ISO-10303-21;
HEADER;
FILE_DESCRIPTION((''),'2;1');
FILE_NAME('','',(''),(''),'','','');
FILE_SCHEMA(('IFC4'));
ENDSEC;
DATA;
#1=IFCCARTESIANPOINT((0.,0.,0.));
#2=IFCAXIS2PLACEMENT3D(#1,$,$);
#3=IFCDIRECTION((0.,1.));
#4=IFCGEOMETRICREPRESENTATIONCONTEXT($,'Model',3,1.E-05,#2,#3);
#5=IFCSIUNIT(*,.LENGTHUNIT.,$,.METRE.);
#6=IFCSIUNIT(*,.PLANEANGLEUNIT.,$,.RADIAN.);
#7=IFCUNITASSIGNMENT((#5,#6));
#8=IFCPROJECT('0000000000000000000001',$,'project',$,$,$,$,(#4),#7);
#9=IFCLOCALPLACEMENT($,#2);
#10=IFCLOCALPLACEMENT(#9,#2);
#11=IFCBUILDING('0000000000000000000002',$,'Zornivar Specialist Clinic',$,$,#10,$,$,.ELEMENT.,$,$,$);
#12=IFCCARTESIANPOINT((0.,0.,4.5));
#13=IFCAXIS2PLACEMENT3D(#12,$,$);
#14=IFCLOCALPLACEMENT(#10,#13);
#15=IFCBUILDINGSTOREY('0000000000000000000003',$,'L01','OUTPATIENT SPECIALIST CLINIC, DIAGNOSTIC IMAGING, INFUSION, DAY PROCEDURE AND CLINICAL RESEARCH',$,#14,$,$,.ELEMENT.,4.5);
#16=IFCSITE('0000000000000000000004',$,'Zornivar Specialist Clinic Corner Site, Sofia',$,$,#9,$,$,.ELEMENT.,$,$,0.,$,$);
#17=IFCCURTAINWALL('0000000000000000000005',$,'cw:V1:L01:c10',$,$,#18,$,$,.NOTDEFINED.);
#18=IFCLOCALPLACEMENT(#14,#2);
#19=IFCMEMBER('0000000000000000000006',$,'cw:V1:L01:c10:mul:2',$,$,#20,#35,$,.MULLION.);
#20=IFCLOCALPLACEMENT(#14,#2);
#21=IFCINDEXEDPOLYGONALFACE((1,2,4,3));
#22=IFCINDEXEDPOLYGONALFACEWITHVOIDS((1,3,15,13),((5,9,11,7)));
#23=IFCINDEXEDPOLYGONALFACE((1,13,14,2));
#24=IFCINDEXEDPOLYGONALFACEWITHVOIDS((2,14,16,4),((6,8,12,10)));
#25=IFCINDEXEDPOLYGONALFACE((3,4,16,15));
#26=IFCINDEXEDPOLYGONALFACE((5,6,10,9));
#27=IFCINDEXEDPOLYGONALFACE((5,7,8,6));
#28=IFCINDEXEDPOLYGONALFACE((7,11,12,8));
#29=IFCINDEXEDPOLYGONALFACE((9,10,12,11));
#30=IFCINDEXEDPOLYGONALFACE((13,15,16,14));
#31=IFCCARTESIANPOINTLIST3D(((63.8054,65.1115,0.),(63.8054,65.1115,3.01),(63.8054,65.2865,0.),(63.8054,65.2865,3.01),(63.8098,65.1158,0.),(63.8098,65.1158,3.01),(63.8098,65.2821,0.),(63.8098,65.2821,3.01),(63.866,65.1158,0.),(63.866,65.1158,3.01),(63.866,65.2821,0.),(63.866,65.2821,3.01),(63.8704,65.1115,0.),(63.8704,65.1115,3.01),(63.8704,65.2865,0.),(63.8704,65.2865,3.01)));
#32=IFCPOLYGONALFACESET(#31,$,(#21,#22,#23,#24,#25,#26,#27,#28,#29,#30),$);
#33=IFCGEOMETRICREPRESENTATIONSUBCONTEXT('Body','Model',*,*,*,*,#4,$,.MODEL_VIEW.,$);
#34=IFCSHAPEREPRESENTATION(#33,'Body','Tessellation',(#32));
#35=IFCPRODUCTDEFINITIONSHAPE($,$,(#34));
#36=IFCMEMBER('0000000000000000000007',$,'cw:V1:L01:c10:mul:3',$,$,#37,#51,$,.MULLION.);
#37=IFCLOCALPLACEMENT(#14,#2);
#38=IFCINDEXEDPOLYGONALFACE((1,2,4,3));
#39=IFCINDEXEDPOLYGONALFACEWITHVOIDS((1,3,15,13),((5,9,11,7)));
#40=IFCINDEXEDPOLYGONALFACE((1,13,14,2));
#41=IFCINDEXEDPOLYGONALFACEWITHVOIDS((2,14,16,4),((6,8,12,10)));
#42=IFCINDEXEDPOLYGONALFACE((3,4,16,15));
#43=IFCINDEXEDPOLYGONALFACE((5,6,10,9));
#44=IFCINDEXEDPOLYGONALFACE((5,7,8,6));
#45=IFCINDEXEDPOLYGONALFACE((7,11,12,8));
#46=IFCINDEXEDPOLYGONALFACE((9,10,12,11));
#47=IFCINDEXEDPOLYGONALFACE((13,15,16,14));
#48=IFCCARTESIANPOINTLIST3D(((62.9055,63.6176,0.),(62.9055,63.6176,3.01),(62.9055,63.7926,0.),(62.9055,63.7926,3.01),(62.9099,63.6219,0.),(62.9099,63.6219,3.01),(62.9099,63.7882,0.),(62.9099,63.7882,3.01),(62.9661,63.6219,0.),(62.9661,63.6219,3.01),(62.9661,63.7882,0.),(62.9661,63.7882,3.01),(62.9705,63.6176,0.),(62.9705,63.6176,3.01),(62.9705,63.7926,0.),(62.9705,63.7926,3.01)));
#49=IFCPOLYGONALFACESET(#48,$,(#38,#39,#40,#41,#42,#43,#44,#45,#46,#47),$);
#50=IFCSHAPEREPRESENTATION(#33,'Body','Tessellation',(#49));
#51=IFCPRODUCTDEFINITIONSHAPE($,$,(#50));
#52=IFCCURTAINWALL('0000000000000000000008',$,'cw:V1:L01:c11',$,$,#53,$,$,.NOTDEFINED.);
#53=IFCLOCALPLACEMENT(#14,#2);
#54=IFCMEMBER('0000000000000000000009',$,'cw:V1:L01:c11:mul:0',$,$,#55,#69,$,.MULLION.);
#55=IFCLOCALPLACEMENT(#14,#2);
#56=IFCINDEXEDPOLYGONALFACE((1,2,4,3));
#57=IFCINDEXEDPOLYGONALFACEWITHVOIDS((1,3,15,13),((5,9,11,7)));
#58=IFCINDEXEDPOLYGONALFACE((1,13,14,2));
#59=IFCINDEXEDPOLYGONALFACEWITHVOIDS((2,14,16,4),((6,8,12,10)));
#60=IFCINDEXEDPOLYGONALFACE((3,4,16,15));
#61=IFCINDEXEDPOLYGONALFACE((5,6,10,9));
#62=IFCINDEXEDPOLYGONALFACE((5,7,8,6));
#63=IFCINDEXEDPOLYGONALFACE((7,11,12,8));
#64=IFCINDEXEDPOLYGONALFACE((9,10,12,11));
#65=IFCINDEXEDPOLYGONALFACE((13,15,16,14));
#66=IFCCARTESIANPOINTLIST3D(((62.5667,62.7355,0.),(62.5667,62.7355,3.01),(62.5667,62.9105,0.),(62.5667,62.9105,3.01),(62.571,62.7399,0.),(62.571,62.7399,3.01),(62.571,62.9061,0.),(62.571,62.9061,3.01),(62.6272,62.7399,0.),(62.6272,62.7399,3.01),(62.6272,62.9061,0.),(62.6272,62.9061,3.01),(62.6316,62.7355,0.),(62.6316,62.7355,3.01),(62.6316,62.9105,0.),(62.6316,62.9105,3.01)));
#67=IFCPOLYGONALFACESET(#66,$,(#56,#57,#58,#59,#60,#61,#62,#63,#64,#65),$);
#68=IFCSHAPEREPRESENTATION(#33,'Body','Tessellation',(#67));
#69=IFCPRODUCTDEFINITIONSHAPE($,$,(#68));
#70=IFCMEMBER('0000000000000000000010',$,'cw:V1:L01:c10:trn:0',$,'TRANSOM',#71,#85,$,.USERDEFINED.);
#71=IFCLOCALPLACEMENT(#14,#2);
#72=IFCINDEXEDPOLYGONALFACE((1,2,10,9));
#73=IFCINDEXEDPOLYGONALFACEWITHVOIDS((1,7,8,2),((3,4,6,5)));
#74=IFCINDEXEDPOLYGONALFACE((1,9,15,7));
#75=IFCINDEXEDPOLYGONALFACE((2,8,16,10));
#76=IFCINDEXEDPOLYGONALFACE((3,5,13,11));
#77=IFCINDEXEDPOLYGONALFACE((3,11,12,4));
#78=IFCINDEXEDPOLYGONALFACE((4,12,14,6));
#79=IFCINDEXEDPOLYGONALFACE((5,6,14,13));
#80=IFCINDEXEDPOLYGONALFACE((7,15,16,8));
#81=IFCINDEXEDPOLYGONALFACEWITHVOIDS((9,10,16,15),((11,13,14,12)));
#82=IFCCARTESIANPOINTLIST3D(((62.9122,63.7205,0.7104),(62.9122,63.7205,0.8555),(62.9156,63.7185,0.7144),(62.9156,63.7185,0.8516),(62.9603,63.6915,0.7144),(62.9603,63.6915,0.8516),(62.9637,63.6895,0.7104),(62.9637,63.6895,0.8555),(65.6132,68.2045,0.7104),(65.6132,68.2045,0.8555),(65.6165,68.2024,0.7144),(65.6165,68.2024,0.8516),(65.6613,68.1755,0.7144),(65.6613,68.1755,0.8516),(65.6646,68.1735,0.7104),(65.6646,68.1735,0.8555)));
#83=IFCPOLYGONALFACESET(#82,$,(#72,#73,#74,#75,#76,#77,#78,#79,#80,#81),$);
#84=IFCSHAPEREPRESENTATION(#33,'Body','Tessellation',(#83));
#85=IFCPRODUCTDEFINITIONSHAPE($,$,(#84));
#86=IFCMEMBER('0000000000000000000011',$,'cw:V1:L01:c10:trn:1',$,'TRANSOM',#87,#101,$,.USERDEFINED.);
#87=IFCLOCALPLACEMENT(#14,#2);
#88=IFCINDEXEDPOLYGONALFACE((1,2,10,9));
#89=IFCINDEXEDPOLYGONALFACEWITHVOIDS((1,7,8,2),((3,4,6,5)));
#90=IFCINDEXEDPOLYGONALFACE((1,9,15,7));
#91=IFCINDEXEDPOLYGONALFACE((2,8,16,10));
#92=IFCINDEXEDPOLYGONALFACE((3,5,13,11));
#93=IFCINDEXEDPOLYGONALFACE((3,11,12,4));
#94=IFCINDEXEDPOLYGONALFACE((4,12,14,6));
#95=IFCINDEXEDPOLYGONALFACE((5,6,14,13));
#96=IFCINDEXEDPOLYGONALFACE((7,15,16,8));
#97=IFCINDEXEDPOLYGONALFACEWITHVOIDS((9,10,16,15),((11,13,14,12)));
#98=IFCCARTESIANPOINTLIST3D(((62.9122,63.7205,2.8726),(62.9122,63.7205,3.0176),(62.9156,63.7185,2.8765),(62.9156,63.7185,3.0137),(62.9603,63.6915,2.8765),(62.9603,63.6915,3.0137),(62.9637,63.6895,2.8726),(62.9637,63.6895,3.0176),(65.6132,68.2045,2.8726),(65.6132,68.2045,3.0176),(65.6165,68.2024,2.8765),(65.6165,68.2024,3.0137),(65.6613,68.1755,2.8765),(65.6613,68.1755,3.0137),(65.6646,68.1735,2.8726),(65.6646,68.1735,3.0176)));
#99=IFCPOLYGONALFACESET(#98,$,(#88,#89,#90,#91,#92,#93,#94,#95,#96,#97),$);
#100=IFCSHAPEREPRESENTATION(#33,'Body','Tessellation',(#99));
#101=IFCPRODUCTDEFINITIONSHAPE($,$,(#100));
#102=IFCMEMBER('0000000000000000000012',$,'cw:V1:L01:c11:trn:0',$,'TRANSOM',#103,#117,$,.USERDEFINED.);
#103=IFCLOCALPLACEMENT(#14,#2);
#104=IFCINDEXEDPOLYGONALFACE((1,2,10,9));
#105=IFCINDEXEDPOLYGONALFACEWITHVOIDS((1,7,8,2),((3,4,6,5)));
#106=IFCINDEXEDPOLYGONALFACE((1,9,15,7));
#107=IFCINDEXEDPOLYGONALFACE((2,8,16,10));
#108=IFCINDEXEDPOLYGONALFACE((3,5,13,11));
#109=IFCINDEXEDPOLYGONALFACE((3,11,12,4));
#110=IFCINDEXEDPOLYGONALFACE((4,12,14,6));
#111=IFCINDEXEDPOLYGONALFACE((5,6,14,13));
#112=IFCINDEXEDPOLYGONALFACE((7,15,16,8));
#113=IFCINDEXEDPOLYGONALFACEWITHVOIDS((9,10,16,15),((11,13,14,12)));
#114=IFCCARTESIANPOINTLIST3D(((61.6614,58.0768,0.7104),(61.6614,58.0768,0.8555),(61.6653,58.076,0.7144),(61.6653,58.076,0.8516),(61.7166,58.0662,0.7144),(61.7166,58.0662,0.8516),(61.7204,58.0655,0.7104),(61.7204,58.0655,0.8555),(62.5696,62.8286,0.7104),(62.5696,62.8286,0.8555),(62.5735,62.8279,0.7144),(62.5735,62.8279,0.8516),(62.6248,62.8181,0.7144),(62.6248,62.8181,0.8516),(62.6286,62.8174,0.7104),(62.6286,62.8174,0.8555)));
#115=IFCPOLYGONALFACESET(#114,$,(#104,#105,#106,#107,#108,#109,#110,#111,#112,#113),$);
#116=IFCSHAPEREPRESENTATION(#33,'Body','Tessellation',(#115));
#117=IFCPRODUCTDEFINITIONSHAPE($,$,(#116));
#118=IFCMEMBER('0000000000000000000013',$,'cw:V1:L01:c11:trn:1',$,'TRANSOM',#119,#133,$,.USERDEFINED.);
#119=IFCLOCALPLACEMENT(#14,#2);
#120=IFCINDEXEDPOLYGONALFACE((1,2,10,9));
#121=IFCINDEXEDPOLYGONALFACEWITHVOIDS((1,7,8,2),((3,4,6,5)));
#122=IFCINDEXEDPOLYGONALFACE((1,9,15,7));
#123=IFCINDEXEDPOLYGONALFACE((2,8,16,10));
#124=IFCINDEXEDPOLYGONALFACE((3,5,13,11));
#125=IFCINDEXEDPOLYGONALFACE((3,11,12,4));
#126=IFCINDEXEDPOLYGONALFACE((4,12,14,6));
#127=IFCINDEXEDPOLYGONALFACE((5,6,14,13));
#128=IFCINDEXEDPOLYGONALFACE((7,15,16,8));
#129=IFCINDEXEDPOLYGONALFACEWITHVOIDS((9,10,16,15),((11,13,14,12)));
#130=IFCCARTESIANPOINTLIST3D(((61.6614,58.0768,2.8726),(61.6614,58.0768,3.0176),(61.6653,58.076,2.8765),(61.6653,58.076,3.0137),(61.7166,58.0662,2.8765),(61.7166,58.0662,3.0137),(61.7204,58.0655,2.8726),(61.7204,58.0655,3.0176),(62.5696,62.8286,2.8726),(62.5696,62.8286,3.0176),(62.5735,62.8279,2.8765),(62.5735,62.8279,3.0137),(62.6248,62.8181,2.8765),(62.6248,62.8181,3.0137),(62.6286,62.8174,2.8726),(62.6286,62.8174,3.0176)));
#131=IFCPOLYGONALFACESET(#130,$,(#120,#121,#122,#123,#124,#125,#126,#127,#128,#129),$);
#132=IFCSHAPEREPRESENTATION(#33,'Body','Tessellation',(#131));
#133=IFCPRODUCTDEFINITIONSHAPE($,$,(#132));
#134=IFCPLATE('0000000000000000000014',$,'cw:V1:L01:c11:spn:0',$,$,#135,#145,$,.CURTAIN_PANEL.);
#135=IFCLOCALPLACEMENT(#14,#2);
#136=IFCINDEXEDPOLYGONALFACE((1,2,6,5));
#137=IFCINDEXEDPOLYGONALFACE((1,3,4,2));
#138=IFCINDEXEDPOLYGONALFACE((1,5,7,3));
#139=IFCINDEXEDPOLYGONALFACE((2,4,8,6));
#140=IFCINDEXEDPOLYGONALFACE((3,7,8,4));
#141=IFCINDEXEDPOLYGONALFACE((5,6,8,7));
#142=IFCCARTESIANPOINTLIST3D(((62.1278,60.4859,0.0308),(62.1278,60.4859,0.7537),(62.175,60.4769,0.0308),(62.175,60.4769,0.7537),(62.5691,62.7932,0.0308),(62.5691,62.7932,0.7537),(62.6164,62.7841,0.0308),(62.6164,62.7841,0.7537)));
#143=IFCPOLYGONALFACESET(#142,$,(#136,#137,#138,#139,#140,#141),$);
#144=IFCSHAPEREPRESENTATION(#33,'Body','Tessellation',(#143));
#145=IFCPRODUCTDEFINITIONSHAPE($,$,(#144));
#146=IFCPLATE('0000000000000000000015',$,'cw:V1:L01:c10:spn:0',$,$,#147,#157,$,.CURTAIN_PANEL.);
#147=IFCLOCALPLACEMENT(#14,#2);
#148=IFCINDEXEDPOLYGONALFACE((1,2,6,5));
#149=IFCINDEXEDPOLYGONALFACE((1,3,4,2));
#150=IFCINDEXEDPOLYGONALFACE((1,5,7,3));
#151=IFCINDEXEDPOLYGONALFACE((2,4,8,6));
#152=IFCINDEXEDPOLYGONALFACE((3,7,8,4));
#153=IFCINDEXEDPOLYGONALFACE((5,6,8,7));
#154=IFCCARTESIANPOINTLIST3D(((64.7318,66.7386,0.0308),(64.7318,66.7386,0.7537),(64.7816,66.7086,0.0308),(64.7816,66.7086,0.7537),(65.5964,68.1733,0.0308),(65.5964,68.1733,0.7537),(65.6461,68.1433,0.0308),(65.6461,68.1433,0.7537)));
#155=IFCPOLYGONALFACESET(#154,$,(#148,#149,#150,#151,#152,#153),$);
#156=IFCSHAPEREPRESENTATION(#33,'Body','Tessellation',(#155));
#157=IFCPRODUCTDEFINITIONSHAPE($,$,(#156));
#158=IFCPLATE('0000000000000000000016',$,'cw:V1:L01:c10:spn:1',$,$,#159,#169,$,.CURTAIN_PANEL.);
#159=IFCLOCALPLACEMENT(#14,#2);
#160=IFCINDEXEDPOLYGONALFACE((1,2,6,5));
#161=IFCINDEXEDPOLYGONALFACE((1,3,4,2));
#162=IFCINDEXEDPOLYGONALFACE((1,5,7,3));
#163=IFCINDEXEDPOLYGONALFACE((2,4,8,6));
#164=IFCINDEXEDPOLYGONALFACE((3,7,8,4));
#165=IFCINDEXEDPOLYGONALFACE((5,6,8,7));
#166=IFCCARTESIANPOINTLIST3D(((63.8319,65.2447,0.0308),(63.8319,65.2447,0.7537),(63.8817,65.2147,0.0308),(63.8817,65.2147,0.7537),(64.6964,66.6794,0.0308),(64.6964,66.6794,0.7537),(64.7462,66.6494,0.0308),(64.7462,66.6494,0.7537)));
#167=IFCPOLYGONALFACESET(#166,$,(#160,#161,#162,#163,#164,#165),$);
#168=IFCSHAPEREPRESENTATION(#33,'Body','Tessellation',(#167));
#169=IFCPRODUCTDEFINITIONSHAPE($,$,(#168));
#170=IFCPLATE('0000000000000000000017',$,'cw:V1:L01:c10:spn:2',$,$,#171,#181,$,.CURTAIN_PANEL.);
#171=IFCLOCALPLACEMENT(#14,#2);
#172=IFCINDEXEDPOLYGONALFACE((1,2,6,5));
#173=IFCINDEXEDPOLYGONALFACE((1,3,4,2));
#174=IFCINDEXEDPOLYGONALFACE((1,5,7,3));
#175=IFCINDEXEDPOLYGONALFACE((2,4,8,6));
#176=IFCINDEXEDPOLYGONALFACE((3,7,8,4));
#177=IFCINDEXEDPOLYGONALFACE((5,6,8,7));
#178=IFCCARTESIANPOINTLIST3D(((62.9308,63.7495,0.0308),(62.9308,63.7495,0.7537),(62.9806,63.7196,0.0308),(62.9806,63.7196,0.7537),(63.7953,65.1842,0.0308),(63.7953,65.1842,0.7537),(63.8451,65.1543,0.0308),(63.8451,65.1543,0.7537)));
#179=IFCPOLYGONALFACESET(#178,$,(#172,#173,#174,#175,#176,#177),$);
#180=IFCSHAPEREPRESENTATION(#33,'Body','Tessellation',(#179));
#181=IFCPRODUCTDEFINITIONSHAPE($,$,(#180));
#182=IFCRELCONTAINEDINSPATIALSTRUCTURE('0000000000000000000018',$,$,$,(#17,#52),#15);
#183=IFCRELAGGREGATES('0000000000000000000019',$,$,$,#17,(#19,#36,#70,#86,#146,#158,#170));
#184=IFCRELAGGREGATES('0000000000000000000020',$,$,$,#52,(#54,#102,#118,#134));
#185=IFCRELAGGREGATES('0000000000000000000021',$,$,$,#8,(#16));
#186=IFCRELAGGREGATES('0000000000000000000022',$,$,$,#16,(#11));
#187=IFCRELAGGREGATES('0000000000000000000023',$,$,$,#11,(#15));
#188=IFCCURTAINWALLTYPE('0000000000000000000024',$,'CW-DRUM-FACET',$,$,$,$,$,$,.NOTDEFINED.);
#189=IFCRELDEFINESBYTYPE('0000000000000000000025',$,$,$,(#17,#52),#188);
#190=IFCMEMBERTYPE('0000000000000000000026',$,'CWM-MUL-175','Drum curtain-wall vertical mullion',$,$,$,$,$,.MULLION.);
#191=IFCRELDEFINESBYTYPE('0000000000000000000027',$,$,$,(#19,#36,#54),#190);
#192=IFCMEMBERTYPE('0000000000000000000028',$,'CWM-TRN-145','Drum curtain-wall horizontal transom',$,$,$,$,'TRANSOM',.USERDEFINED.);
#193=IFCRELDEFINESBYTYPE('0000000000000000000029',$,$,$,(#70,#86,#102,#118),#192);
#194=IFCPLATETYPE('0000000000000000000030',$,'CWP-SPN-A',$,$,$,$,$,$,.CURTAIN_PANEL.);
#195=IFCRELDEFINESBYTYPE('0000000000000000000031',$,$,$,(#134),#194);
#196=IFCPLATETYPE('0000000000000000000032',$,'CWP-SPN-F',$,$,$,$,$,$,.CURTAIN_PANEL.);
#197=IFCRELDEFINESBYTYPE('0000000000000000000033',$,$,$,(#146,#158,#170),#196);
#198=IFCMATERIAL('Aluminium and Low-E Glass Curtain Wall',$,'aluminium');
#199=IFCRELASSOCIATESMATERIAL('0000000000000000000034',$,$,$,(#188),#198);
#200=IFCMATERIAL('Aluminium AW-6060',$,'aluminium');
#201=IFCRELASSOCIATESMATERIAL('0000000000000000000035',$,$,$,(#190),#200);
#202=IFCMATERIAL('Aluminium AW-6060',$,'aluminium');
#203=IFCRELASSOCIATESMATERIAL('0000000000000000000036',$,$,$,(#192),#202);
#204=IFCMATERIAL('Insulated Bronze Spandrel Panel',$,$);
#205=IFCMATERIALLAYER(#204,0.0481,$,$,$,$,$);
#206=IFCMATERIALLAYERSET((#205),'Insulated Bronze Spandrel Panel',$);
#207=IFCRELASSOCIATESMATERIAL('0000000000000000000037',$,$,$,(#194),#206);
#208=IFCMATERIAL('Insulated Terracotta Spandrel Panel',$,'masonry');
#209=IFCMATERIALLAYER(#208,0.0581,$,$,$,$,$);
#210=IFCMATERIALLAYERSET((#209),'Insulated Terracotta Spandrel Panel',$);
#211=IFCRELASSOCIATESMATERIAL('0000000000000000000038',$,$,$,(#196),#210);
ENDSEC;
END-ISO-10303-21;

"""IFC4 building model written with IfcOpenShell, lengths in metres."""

from ifc_helpers import new_model, si_unit, direction, frame, origin, origin_2d, place, context, subcontext, project, spatial, rectangle, hollow_rectangle, extrude, material, layer, layer_set, material_profile, profile_set, type_object, element, aggregate, save


model = new_model("IFC4")

# Units and contexts
model_context = context("Model", 3, precision=1e-05, world=origin(), true_north=direction((0.0, 1.0)))
body_context = subcontext(model_context, "Body", "Model", "MODEL_VIEW")
ifc_project = project(units=[si_unit("LENGTHUNIT", "METRE"), si_unit("PLANEANGLEUNIT", "RADIAN")], contexts=[model_context])

# Site, building, storey
site_placement = place(None, origin())
site = spatial("IfcSite", under=ifc_project, at=site_placement, Name="Zornivar Specialist Clinic Corner Site, Sofia", CompositionType="ELEMENT", RefElevation=0.0)
building_placement = place(site_placement, origin())
building = spatial("IfcBuilding", under=site, at=building_placement, Name="Zornivar Specialist Clinic", CompositionType="ELEMENT")
storey_placement = place(building_placement, frame((0.0, 0.0, 4.5)))
storey = spatial("IfcBuildingStorey", under=building, at=storey_placement, Name="L01", Description="OUTPATIENT SPECIALIST CLINIC, DIAGNOSTIC IMAGING, INFUSION, DAY PROCEDURE AND CLINICAL RESEARCH", CompositionType="ELEMENT", Elevation=4.5)

# Shared definitions
ifc_material_1 = material(Name="Aluminium and Low-E Glass Curtain Wall", Category="aluminium")
curtain_wall_type = type_object("IfcCurtainWallType", Name="CW-DRUM-FACET", PredefinedType="NOTDEFINED", material=ifc_material_1)
ifc_material_2 = material(Name="Aluminium AW-6060", Category="aluminium")
ifc_material_profile_1 = material_profile(ifc_material_2, hollow_rectangle(XDim=0.0649, YDim=0.175, WallThickness=0.0044, at=origin_2d()), Name="ALU 65x175x4.5")
ifc_profile_set_1 = profile_set([ifc_material_profile_1], Name="Aluminium AW-6060")
member_type_1 = type_object("IfcMemberType", Name="CWM-MUL-175", Description="Drum curtain-wall vertical mullion", PredefinedType="MULLION", material=ifc_profile_set_1)

# Curtain wall, members
curtain_wall_1_placement = place(storey_placement, origin())
curtain_wall_1 = element("IfcCurtainWall", 1, at=curtain_wall_1_placement, inside=storey, type_object=curtain_wall_type, Name="cw:V1:L01:c10", PredefinedType="NOTDEFINED")
member_1_placement = place(storey_placement, frame((63.8379, 65.199, 0.0), z_axis=(0.0, 0.0, 1.0), x_axis=(1.0, 0.0, 0.0)))
member_1 = element("IfcMember", 2, at=member_1_placement, type_object=member_type_1, Name="cw:V1:L01:c10:mul:2", PredefinedType="MULLION", context=body_context, shape_type="SweptSolid", body=[
    extrude(hollow_rectangle(XDim=0.0649, YDim=0.175, WallThickness=0.0044, at=origin_2d()), origin(), (0.0, 0.0, 1.0), 3.01),
])
member_2_placement = place(storey_placement, frame((62.938, 63.7051, 0.0), z_axis=(0.0, 0.0, 1.0), x_axis=(1.0, 0.0, 0.0)))
member_2 = element("IfcMember", 3, at=member_2_placement, type_object=member_type_1, Name="cw:V1:L01:c10:mul:3", PredefinedType="MULLION", context=body_context, shape_type="SweptSolid", body=[
    extrude(hollow_rectangle(XDim=0.0649, YDim=0.175, WallThickness=0.0044, at=origin_2d()), origin(), (0.0, 0.0, 1.0), 3.01),
])

# Curtain wall, member
curtain_wall_2_placement = place(storey_placement, origin())
curtain_wall_2 = element("IfcCurtainWall", 4, at=curtain_wall_2_placement, inside=storey, type_object=curtain_wall_type, Name="cw:V1:L01:c11", PredefinedType="NOTDEFINED")
member_3_placement = place(storey_placement, frame((62.5991, 62.823, 0.0), z_axis=(0.0, 0.0, 1.0), x_axis=(1.0, 0.0, 0.0)))
member_3 = element("IfcMember", 5, at=member_3_placement, type_object=member_type_1, Name="cw:V1:L01:c11:mul:0", PredefinedType="MULLION", context=body_context, shape_type="SweptSolid", body=[
    extrude(hollow_rectangle(XDim=0.0649, YDim=0.175, WallThickness=0.0044, at=origin_2d()), origin(), (0.0, 0.0, 1.0), 3.01),
])

# Members
ifc_material_3 = material(Name="Aluminium AW-6060", Category="aluminium")
ifc_material_profile_2 = material_profile(ifc_material_3, hollow_rectangle(XDim=0.0601, YDim=0.145, WallThickness=0.0039, at=origin_2d()), Name="ALU 60x145x4")
ifc_profile_set_2 = profile_set([ifc_material_profile_2], Name="Aluminium AW-6060")
member_type_2 = type_object("IfcMemberType", Name="CWM-TRN-145", Description="Drum curtain-wall horizontal transom", ElementType="TRANSOM", PredefinedType="USERDEFINED", material=ifc_profile_set_2)
member_4_placement = place(storey_placement, frame((65.6389, 68.189, 0.783), z_axis=(-0.515983, -0.856599, 0.0), x_axis=(0.856599, -0.515983, 0.0)))
member_4 = element("IfcMember", 6, at=member_4_placement, type_object=member_type_2, Name="cw:V1:L01:c10:trn:0", ObjectType="TRANSOM", PredefinedType="USERDEFINED", context=body_context, shape_type="SweptSolid", body=[
    extrude(hollow_rectangle(XDim=0.0601, YDim=0.145, WallThickness=0.0039, at=origin_2d()), origin(), (0.0, 0.0, 1.0), 5.2346),
])
member_5_placement = place(storey_placement, frame((65.6389, 68.189, 2.9451), z_axis=(-0.515983, -0.856599, 0.0), x_axis=(0.856599, -0.515983, 0.0)))
member_5 = element("IfcMember", 7, at=member_5_placement, type_object=member_type_2, Name="cw:V1:L01:c10:trn:1", ObjectType="TRANSOM", PredefinedType="USERDEFINED", context=body_context, shape_type="SweptSolid", body=[
    extrude(hollow_rectangle(XDim=0.0601, YDim=0.145, WallThickness=0.0039, at=origin_2d()), origin(), (0.0, 0.0, 1.0), 5.2346),
])
member_6_placement = place(storey_placement, frame((62.5991, 62.823, 0.783), z_axis=(-0.187724, -0.982222, 0.0), x_axis=(0.982222, -0.187724, 0.0)))
member_6 = element("IfcMember", 8, at=member_6_placement, type_object=member_type_2, Name="cw:V1:L01:c11:trn:0", ObjectType="TRANSOM", PredefinedType="USERDEFINED", context=body_context, shape_type="SweptSolid", body=[
    extrude(hollow_rectangle(XDim=0.0601, YDim=0.145, WallThickness=0.0039, at=origin_2d()), origin(), (0.0, 0.0, 1.0), 4.8379),
])
member_7_placement = place(storey_placement, frame((62.5991, 62.823, 2.9451), z_axis=(-0.187724, -0.982222, 0.0), x_axis=(0.982222, -0.187724, 0.0)))
member_7 = element("IfcMember", 9, at=member_7_placement, type_object=member_type_2, Name="cw:V1:L01:c11:trn:1", ObjectType="TRANSOM", PredefinedType="USERDEFINED", context=body_context, shape_type="SweptSolid", body=[
    extrude(hollow_rectangle(XDim=0.0601, YDim=0.145, WallThickness=0.0039, at=origin_2d()), origin(), (0.0, 0.0, 1.0), 4.8379),
])

# Plates
ifc_material_4 = material(Name="Insulated Bronze Spandrel Panel")
ifc_layer_1 = layer(ifc_material_4, 0.0481)
ifc_layer_set_1 = layer_set([ifc_layer_1], Name="Insulated Bronze Spandrel Panel")
plate_type_1 = type_object("IfcPlateType", Name="CWP-SPN-A", PredefinedType="CURTAIN_PANEL", material=ifc_layer_set_1)
plate_1_placement = place(storey_placement, frame((62.3721, 61.635, 0.0308), z_axis=(0.0, 0.0, 1.0), x_axis=(-0.187897, -0.982189, 0.0)))
plate_1 = element("IfcPlate", 10, at=plate_1_placement, type_object=plate_type_1, Name="cw:V1:L01:c11:spn:0", PredefinedType="CURTAIN_PANEL", context=body_context, shape_type="SweptSolid", body=[
    extrude(rectangle(XDim=2.3491, YDim=0.0481, at=origin_2d()), origin(), (0.0, 0.0, 1.0), 0.7229),
])
ifc_material_5 = material(Name="Insulated Terracotta Spandrel Panel", Category="masonry")
ifc_layer_2 = layer(ifc_material_5, 0.0581)
ifc_layer_set_2 = layer_set([ifc_layer_2], Name="Insulated Terracotta Spandrel Panel")
plate_type_2 = type_object("IfcPlateType", Name="CWP-SPN-F", PredefinedType="CURTAIN_PANEL", material=ifc_layer_set_2)
plate_2_placement = place(storey_placement, frame((65.189, 67.4409, 0.0308), z_axis=(0.0, 0.0, 1.0), x_axis=(-0.516127, -0.856512, 0.0)))
plate_2 = element("IfcPlate", 11, at=plate_2_placement, type_object=plate_type_2, Name="cw:V1:L01:c10:spn:0", PredefinedType="CURTAIN_PANEL", context=body_context, shape_type="SweptSolid", body=[
    extrude(rectangle(XDim=1.675, YDim=0.0581, at=origin_2d()), origin(), (0.0, 0.0, 1.0), 0.7229),
])
plate_3_placement = place(storey_placement, frame((64.2891, 65.947, 0.0308), z_axis=(0.0, 0.0, 1.0), x_axis=(-0.516127, -0.856512, 0.0)))
plate_3 = element("IfcPlate", 12, at=plate_3_placement, type_object=plate_type_2, Name="cw:V1:L01:c10:spn:1", PredefinedType="CURTAIN_PANEL", context=body_context, shape_type="SweptSolid", body=[
    extrude(rectangle(XDim=1.675, YDim=0.0581, at=origin_2d()), origin(), (0.0, 0.0, 1.0), 0.7229),
])
plate_4_placement = place(storey_placement, frame((63.3879, 64.4519, 0.0308), z_axis=(0.0, 0.0, 1.0), x_axis=(-0.516127, -0.856512, 0.0)))
plate_4 = element("IfcPlate", 13, at=plate_4_placement, type_object=plate_type_2, Name="cw:V1:L01:c10:spn:2", PredefinedType="CURTAIN_PANEL", context=body_context, shape_type="SweptSolid", body=[
    extrude(rectangle(XDim=1.675, YDim=0.0581, at=origin_2d()), origin(), (0.0, 0.0, 1.0), 0.7229),
])
aggregate(curtain_wall_1, [member_1, member_2, member_4, member_5, plate_2, plate_3, plate_4])
aggregate(curtain_wall_2, [member_3, member_6, member_7, plate_1])

save(model, "model.ifc")
